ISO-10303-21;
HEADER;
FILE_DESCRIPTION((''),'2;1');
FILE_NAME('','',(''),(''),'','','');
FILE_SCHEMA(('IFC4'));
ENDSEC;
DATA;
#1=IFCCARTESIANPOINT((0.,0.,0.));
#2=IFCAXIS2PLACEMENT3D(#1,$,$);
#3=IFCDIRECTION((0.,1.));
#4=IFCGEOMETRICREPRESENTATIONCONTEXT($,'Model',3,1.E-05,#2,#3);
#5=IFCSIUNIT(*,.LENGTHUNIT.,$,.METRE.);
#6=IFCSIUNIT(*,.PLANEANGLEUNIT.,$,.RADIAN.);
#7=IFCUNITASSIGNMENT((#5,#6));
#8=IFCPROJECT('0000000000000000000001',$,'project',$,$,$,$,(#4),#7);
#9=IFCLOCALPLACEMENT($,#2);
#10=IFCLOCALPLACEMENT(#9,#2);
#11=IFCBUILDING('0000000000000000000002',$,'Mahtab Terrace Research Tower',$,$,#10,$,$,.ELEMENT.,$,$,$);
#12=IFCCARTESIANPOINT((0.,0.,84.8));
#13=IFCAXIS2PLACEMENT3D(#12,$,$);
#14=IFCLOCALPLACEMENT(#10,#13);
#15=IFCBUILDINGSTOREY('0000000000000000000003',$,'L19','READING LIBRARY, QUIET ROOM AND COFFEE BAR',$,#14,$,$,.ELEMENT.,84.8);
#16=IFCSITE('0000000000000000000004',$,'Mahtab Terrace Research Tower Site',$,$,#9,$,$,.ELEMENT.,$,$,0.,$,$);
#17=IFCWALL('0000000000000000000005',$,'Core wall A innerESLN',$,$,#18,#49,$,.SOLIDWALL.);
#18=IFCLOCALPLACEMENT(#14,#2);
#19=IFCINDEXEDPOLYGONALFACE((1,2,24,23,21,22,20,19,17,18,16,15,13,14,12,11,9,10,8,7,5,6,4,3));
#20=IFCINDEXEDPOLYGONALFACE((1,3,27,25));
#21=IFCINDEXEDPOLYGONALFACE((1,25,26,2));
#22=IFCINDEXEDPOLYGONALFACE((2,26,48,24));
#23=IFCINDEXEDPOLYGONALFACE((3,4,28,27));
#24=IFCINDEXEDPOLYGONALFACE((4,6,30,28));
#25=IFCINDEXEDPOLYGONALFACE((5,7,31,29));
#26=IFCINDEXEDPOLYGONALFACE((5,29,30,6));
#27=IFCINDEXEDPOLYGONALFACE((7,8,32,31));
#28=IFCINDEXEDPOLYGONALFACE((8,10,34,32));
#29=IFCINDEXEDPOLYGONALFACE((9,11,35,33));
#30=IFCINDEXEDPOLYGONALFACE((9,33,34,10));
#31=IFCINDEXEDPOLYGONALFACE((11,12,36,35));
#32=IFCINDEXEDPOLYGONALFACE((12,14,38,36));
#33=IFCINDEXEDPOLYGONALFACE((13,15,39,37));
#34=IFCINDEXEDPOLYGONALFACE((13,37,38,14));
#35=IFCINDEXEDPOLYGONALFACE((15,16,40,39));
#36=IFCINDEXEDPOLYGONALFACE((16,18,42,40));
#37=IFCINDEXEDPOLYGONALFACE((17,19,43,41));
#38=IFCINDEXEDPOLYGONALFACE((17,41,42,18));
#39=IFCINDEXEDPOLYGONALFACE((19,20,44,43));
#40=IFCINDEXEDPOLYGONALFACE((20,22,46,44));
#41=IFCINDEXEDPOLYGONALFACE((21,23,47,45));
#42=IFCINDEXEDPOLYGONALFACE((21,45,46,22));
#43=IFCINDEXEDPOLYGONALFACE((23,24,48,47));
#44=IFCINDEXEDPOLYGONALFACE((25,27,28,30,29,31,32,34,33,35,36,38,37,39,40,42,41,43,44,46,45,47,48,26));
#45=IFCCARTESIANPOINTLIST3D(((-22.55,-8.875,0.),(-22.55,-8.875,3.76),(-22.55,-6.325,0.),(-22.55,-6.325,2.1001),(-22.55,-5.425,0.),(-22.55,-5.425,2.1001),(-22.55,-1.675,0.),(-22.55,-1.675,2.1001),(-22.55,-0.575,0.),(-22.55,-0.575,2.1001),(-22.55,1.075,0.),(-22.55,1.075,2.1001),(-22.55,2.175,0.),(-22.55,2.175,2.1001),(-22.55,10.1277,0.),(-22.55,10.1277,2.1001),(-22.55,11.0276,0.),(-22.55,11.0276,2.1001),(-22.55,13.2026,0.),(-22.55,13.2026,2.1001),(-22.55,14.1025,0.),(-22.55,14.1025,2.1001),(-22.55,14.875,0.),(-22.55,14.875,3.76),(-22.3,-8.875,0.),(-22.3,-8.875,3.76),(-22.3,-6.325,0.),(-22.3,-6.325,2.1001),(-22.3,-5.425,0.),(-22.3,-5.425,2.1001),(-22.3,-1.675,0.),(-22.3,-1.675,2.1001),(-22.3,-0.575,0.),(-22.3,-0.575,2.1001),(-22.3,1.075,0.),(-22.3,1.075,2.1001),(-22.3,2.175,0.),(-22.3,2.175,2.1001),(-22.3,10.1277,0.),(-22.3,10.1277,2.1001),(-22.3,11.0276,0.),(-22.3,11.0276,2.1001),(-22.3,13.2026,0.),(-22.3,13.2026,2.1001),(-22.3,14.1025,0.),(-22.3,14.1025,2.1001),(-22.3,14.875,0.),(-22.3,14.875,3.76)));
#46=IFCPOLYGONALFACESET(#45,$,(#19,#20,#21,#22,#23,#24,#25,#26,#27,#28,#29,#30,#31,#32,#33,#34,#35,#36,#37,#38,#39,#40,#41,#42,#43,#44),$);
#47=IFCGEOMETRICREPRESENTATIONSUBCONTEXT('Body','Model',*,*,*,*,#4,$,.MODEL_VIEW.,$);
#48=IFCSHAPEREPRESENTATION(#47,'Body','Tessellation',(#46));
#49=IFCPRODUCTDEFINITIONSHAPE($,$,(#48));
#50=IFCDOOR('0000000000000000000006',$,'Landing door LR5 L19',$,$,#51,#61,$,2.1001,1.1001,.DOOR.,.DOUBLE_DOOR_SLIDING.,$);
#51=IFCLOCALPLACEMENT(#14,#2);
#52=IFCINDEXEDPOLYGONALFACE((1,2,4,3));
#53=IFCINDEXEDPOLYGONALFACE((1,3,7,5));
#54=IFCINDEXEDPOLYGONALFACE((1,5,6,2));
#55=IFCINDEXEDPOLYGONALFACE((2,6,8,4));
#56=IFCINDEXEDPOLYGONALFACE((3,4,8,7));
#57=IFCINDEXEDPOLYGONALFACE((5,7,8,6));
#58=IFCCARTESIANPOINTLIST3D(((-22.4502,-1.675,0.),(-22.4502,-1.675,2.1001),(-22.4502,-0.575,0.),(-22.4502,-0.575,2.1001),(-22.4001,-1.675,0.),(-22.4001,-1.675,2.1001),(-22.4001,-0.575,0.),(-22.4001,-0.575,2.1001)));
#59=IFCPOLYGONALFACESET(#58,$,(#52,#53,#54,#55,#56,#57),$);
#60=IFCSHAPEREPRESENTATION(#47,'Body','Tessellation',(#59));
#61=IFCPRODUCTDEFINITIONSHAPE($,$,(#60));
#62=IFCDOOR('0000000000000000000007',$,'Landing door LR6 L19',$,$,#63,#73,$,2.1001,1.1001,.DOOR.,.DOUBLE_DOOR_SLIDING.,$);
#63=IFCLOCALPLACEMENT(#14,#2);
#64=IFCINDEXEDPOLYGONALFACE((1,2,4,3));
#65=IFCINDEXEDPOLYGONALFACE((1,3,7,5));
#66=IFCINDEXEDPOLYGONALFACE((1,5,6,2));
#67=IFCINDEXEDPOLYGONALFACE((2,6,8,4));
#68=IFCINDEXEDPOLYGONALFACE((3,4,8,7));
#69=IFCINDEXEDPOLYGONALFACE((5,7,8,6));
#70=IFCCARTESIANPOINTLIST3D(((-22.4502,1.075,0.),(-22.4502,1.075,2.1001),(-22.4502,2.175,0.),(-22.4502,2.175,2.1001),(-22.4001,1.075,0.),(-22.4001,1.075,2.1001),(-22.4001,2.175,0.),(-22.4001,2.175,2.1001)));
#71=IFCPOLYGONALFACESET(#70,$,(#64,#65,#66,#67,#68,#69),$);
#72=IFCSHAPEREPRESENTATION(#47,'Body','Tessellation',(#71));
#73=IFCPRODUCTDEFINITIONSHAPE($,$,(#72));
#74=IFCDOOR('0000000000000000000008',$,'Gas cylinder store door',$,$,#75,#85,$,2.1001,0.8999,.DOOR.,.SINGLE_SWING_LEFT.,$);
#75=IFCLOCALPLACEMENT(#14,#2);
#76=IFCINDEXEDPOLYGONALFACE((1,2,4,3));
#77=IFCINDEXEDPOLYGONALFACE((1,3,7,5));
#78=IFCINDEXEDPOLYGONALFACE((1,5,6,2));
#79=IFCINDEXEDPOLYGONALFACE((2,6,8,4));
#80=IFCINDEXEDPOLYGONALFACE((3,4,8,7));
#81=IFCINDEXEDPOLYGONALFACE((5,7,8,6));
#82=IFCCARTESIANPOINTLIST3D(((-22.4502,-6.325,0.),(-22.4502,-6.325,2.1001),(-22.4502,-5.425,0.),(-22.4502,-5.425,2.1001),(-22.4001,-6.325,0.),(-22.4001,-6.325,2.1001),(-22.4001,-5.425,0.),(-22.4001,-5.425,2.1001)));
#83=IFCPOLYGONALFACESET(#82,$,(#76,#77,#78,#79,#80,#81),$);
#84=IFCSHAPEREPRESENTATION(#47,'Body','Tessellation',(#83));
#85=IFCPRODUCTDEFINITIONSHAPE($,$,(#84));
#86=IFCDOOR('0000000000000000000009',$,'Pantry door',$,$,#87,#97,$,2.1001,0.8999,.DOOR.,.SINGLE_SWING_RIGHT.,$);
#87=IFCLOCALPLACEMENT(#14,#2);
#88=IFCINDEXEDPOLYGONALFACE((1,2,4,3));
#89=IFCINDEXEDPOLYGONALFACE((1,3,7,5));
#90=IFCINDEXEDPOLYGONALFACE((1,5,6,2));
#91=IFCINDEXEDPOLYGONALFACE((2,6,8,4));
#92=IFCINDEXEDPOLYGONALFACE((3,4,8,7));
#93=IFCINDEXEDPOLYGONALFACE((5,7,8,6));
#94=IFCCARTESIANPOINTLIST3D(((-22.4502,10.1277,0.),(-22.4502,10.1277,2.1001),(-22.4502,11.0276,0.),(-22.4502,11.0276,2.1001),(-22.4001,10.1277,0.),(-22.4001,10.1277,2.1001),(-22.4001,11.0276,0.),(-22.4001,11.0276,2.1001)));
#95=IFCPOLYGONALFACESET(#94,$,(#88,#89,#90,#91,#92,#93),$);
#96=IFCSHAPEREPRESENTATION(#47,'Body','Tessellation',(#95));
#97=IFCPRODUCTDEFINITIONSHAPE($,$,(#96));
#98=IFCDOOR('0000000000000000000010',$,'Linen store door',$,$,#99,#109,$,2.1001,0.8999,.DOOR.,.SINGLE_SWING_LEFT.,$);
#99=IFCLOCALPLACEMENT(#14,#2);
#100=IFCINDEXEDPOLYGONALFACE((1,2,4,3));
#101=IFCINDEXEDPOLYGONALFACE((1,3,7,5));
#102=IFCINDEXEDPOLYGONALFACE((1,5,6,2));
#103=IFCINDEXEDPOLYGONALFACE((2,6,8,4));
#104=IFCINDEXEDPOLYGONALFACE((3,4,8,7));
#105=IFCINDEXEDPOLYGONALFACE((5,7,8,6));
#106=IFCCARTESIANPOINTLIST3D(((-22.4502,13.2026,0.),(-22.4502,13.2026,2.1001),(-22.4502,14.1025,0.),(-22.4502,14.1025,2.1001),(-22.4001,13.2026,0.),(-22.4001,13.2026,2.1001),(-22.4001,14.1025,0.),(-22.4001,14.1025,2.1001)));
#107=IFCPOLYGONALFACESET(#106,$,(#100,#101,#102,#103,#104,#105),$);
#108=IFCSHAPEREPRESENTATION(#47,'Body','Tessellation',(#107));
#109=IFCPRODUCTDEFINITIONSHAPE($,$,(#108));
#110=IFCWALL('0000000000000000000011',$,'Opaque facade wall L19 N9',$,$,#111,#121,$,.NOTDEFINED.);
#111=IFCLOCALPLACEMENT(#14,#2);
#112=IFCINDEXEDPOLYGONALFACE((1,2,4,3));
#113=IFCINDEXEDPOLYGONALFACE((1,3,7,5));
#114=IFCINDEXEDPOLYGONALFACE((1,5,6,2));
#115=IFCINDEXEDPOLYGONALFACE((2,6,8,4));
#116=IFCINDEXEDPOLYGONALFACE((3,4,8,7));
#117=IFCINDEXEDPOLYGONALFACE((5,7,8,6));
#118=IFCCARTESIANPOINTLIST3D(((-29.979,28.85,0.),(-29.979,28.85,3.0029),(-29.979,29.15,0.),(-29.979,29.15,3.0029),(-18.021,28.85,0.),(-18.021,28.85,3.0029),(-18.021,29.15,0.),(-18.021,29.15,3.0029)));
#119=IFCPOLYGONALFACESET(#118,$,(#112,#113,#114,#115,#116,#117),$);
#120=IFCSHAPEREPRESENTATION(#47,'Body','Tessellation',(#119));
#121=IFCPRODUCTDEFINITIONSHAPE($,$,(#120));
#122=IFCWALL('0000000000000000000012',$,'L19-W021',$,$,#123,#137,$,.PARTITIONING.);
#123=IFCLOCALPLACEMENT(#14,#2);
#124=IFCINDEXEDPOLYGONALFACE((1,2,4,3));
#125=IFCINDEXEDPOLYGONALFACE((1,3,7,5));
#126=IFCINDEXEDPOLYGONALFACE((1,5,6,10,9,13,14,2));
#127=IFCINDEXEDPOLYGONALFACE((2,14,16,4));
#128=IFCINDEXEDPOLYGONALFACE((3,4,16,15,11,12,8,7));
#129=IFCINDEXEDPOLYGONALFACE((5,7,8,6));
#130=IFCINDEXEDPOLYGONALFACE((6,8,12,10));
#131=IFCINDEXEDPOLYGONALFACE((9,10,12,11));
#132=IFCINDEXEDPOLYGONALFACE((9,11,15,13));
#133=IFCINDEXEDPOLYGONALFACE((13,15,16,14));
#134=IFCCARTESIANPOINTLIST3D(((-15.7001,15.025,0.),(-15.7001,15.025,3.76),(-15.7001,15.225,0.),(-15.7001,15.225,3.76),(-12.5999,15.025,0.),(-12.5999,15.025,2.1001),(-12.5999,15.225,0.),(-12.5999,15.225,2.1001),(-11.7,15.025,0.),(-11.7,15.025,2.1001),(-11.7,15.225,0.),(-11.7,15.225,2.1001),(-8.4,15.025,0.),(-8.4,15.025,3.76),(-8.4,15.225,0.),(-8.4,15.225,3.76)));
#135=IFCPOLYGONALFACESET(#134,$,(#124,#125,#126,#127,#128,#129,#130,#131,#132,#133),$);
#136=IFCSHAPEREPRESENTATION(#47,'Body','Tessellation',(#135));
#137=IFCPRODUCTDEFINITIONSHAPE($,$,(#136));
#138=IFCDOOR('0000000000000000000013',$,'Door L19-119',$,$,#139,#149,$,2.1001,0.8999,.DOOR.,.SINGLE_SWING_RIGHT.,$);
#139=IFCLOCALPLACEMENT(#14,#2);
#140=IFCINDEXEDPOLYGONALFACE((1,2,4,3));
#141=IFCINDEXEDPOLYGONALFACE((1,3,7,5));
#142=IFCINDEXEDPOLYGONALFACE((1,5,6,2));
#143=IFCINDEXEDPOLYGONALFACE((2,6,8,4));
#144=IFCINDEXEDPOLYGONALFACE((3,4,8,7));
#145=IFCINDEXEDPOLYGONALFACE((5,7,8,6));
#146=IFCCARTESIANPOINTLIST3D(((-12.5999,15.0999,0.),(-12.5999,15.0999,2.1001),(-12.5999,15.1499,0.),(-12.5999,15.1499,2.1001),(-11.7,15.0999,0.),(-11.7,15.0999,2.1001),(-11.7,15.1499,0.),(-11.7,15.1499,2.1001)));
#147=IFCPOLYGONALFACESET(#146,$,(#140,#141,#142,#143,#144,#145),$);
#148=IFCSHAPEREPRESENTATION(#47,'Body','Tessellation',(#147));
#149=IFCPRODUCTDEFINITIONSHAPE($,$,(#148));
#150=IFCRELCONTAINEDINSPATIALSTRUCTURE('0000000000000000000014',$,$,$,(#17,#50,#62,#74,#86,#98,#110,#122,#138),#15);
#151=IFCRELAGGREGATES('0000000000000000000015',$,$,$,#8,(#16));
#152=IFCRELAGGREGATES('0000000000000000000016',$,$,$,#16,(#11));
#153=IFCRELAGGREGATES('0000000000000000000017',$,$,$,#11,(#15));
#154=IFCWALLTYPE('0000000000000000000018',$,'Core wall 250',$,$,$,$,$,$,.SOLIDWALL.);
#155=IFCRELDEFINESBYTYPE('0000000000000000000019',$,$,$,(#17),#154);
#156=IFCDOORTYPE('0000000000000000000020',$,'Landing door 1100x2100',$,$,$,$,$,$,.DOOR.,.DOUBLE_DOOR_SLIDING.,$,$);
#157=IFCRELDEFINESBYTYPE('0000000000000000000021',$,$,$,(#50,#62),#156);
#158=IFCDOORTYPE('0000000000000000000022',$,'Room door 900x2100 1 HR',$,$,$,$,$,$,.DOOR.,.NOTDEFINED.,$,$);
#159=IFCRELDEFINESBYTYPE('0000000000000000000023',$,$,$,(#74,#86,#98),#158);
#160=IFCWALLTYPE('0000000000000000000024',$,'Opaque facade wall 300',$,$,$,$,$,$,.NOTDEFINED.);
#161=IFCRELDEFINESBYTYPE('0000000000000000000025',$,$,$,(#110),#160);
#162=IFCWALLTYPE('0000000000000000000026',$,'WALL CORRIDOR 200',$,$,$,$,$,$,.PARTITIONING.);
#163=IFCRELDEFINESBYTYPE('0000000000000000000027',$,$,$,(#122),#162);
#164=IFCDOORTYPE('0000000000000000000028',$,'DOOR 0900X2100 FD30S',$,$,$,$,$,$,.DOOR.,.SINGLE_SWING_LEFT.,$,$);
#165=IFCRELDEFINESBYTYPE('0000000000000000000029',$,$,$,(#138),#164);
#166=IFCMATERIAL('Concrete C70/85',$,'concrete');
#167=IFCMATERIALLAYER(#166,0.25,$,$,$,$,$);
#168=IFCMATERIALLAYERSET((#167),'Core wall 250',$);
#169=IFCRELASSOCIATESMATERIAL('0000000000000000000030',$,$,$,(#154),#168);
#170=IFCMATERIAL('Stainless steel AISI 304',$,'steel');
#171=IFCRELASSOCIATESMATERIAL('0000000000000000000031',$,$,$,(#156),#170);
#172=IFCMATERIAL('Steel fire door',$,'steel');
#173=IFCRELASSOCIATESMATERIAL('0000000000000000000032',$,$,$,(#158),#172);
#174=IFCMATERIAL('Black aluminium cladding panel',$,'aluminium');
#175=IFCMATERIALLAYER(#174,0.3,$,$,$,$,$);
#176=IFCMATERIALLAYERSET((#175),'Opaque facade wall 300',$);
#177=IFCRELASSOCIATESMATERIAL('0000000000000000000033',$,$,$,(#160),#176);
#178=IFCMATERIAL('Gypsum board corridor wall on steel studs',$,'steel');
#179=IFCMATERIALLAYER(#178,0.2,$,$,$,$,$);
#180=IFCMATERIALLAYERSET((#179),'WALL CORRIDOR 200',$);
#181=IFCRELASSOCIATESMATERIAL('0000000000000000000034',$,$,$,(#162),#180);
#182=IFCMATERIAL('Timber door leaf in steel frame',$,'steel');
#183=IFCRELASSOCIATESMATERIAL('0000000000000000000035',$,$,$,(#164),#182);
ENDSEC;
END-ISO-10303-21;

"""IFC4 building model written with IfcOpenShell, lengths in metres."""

from ifc_helpers import new_model, si_unit, direction, frame, frame_2d, origin, place, context, subcontext, project, spatial, rectangle, extrude, material, layer, layer_set, type_object, element, fill, save


model = new_model("IFC4")

# Units and contexts
model_context = context("Model", 3, precision=1e-05, world=origin(), true_north=direction((0.0, 1.0)))
body_context = subcontext(model_context, "Body", "Model", "MODEL_VIEW")
ifc_project = project(units=[si_unit("LENGTHUNIT", "METRE"), si_unit("PLANEANGLEUNIT", "RADIAN")], contexts=[model_context])

# Site, building, storey
site_placement = place(None, origin())
site = spatial("IfcSite", under=ifc_project, at=site_placement, Name="Mahtab Terrace Research Tower Site", CompositionType="ELEMENT", RefElevation=0.0)
building_placement = place(site_placement, origin())
building = spatial("IfcBuilding", under=site, at=building_placement, Name="Mahtab Terrace Research Tower", CompositionType="ELEMENT")
storey_placement = place(building_placement, frame((0.0, 0.0, 84.8)))
storey = spatial("IfcBuildingStorey", under=building, at=storey_placement, Name="L19", Description="READING LIBRARY, QUIET ROOM AND COFFEE BAR", CompositionType="ELEMENT", Elevation=84.8)

# Wall, openings, doors
ifc_material_1 = material(Name="Concrete C70/85", Category="concrete")
ifc_layer_1 = layer(ifc_material_1, 0.25)
ifc_layer_set_1 = layer_set([ifc_layer_1], Name="Core wall 250")
wall_type_1 = type_object("IfcWallType", Name="Core wall 250", PredefinedType="SOLIDWALL", material=ifc_layer_set_1)
wall_1_placement = place(storey_placement, frame((-22.425, 14.875, 0.0), z_axis=(0.0, 0.0, 1.0), x_axis=(0.0, -1.0, 0.0)))
wall_1 = element("IfcWall", 1, at=wall_1_placement, inside=storey, type_object=wall_type_1, Name="Core wall A innerESLN", PredefinedType="SOLIDWALL", context=body_context, shape_type="SweptSolid", body=[
    extrude(rectangle(XDim=23.75, YDim=0.25, at=frame_2d((11.875, 0.0))), origin(), (0.0, 0.0, 1.0), 3.76),
])
opening_1_placement = place(wall_1_placement, frame((15.45, 0.0, 0.0)))
opening_1 = element("IfcOpeningElement", 2, at=opening_1_placement, cuts=wall_1, PredefinedType="OPENING", context=body_context, shape_type="SweptSolid", body=[
    extrude(rectangle(XDim=1.1001, YDim=2.1001, at=frame_2d((0.55, 1.05))), frame((0.0, 0.135, 0.0), z_axis=(0.0, -1.0, 0.0), x_axis=(1.0, 0.0, 0.0)), (0.0, 0.0, 1.0), 0.27),
])
opening_2_placement = place(wall_1_placement, frame((12.7, 0.0, 0.0)))
opening_2 = element("IfcOpeningElement", 3, at=opening_2_placement, cuts=wall_1, PredefinedType="OPENING", context=body_context, shape_type="SweptSolid", body=[
    extrude(rectangle(XDim=1.1001, YDim=2.1001, at=frame_2d((0.55, 1.05))), frame((0.0, 0.135, 0.0), z_axis=(0.0, -1.0, 0.0), x_axis=(1.0, 0.0, 0.0)), (0.0, 0.0, 1.0), 0.27),
])
opening_3_placement = place(wall_1_placement, frame((20.3, 0.0, 0.0)))
opening_3 = element("IfcOpeningElement", 4, at=opening_3_placement, cuts=wall_1, PredefinedType="OPENING", context=body_context, shape_type="SweptSolid", body=[
    extrude(rectangle(XDim=0.8999, YDim=2.1001, at=frame_2d((0.45, 1.05))), frame((0.0, 0.135, 0.0), z_axis=(0.0, -1.0, 0.0), x_axis=(1.0, 0.0, 0.0)), (0.0, 0.0, 1.0), 0.27),
])
opening_4_placement = place(wall_1_placement, frame((3.8474, 0.0, 0.0)))
opening_4 = element("IfcOpeningElement", 5, at=opening_4_placement, cuts=wall_1, PredefinedType="OPENING", context=body_context, shape_type="SweptSolid", body=[
    extrude(rectangle(XDim=0.8999, YDim=2.1001, at=frame_2d((0.45, 1.05))), frame((0.0, 0.135, 0.0), z_axis=(0.0, -1.0, 0.0), x_axis=(1.0, 0.0, 0.0)), (0.0, 0.0, 1.0), 0.27),
])
opening_5_placement = place(wall_1_placement, frame((0.7725, 0.0, 0.0)))
opening_5 = element("IfcOpeningElement", 6, at=opening_5_placement, cuts=wall_1, PredefinedType="OPENING", context=body_context, shape_type="SweptSolid", body=[
    extrude(rectangle(XDim=0.8999, YDim=2.1001, at=frame_2d((0.45, 1.05))), frame((0.0, 0.135, 0.0), z_axis=(0.0, -1.0, 0.0), x_axis=(1.0, 0.0, 0.0)), (0.0, 0.0, 1.0), 0.27),
])
ifc_material_2 = material(Name="Stainless steel AISI 304", Category="steel")
door_type_1 = type_object("IfcDoorType", Name="Landing door 1100x2100", OperationType="DOUBLE_DOOR_SLIDING", PredefinedType="DOOR", material=ifc_material_2)
door_1_placement = place(opening_1_placement, origin())
door_1 = element("IfcDoor", 7, at=door_1_placement, inside=storey, type_object=door_type_1, Name="Landing door LR5 L19", OperationType="DOUBLE_DOOR_SLIDING", OverallHeight=2.1001, OverallWidth=1.1001, PredefinedType="DOOR", context=body_context, shape_type="SweptSolid", body=[
    extrude(rectangle(XDim=1.1001, YDim=2.1001, at=frame_2d((0.55, 1.05))), frame((0.0, 0.0249, 0.0), z_axis=(0.0, -1.0, 0.0), x_axis=(1.0, 0.0, 0.0)), (0.0, 0.0, 1.0), 0.05),
])
fill(opening_1, door_1)
door_2_placement = place(opening_2_placement, origin())
door_2 = element("IfcDoor", 8, at=door_2_placement, inside=storey, type_object=door_type_1, Name="Landing door LR6 L19", OperationType="DOUBLE_DOOR_SLIDING", OverallHeight=2.1001, OverallWidth=1.1001, PredefinedType="DOOR", context=body_context, shape_type="SweptSolid", body=[
    extrude(rectangle(XDim=1.1001, YDim=2.1001, at=frame_2d((0.55, 1.05))), frame((0.0, 0.0249, 0.0), z_axis=(0.0, -1.0, 0.0), x_axis=(1.0, 0.0, 0.0)), (0.0, 0.0, 1.0), 0.05),
])
fill(opening_2, door_2)
ifc_material_3 = material(Name="Steel fire door", Category="steel")
door_type_2 = type_object("IfcDoorType", Name="Room door 900x2100 1 HR", OperationType="NOTDEFINED", PredefinedType="DOOR", material=ifc_material_3)
door_3_placement = place(opening_3_placement, origin())
door_3 = element("IfcDoor", 9, at=door_3_placement, inside=storey, type_object=door_type_2, Name="Gas cylinder store door", OperationType="SINGLE_SWING_LEFT", OverallHeight=2.1001, OverallWidth=0.8999, PredefinedType="DOOR", context=body_context, shape_type="SweptSolid", body=[
    extrude(rectangle(XDim=0.8999, YDim=2.1001, at=frame_2d((0.45, 1.05))), frame((0.0, 0.0249, 0.0), z_axis=(0.0, -1.0, 0.0), x_axis=(1.0, 0.0, 0.0)), (0.0, 0.0, 1.0), 0.05),
])
fill(opening_3, door_3)
door_4_placement = place(opening_4_placement, origin())
door_4 = element("IfcDoor", 10, at=door_4_placement, inside=storey, type_object=door_type_2, Name="Pantry door", OperationType="SINGLE_SWING_RIGHT", OverallHeight=2.1001, OverallWidth=0.8999, PredefinedType="DOOR", context=body_context, shape_type="SweptSolid", body=[
    extrude(rectangle(XDim=0.8999, YDim=2.1001, at=frame_2d((0.45, 1.05))), frame((0.0, 0.0249, 0.0), z_axis=(0.0, -1.0, 0.0), x_axis=(1.0, 0.0, 0.0)), (0.0, 0.0, 1.0), 0.05),
])
fill(opening_4, door_4)
door_5_placement = place(opening_5_placement, origin())
door_5 = element("IfcDoor", 11, at=door_5_placement, inside=storey, type_object=door_type_2, Name="Linen store door", OperationType="SINGLE_SWING_LEFT", OverallHeight=2.1001, OverallWidth=0.8999, PredefinedType="DOOR", context=body_context, shape_type="SweptSolid", body=[
    extrude(rectangle(XDim=0.8999, YDim=2.1001, at=frame_2d((0.45, 1.05))), frame((0.0, 0.0249, 0.0), z_axis=(0.0, -1.0, 0.0), x_axis=(1.0, 0.0, 0.0)), (0.0, 0.0, 1.0), 0.05),
])
fill(opening_5, door_5)

# Wall
ifc_material_4 = material(Name="Black aluminium cladding panel", Category="aluminium")
ifc_layer_2 = layer(ifc_material_4, 0.3)
ifc_layer_set_2 = layer_set([ifc_layer_2], Name="Opaque facade wall 300")
wall_type_2 = type_object("IfcWallType", Name="Opaque facade wall 300", PredefinedType="NOTDEFINED", material=ifc_layer_set_2)
wall_2_placement = place(storey_placement, frame((-18.021, 29.0, 0.0), z_axis=(0.0, 0.0, 1.0), x_axis=(-1.0, 0.0, 0.0)))
element("IfcWall", 12, at=wall_2_placement, inside=storey, type_object=wall_type_2, Name="Opaque facade wall L19 N9", PredefinedType="NOTDEFINED", context=body_context, shape_type="SweptSolid", body=[
    extrude(rectangle(XDim=11.958, YDim=0.3, at=frame_2d((5.979, 0.0))), origin(), (0.0, 0.0, 1.0), 3.0029),
])

# Wall, opening, door
ifc_material_5 = material(Name="Gypsum board corridor wall on steel studs", Category="steel")
ifc_layer_3 = layer(ifc_material_5, 0.2)
ifc_layer_set_3 = layer_set([ifc_layer_3], Name="WALL CORRIDOR 200")
wall_type_3 = type_object("IfcWallType", Name="WALL CORRIDOR 200", PredefinedType="PARTITIONING", material=ifc_layer_set_3)
wall_3_placement = place(storey_placement, frame((-15.7, 15.125, 0.0), z_axis=(0.0, 0.0, 1.0), x_axis=(1.0, 0.0, 0.0)))
wall_3 = element("IfcWall", 13, at=wall_3_placement, inside=storey, type_object=wall_type_3, Name="L19-W021", PredefinedType="PARTITIONING", context=body_context, shape_type="SweptSolid", body=[
    extrude(rectangle(XDim=7.3, YDim=0.2, at=frame_2d((3.6499, 0.0))), origin(), (0.0, 0.0, 1.0), 3.76),
])
opening_6_placement = place(wall_3_placement, frame((3.1001, 0.0, 0.0)))
opening_6 = element("IfcOpeningElement", 14, at=opening_6_placement, cuts=wall_3, PredefinedType="OPENING", context=body_context, shape_type="SweptSolid", body=[
    extrude(rectangle(XDim=0.8999, YDim=2.1001, at=frame_2d((0.45, 1.05))), frame((0.0, 0.1099, 0.0), z_axis=(0.0, -1.0, 0.0), x_axis=(1.0, 0.0, 0.0)), (0.0, 0.0, 1.0), 0.22),
])
ifc_material_6 = material(Name="Timber door leaf in steel frame", Category="steel")
door_type_3 = type_object("IfcDoorType", Name="DOOR 0900X2100 FD30S", OperationType="SINGLE_SWING_LEFT", PredefinedType="DOOR", material=ifc_material_6)
door_6_placement = place(opening_6_placement, origin())
door_6 = element("IfcDoor", 15, at=door_6_placement, inside=storey, type_object=door_type_3, Name="Door L19-119", OperationType="SINGLE_SWING_RIGHT", OverallHeight=2.1001, OverallWidth=0.8999, PredefinedType="DOOR", context=body_context, shape_type="SweptSolid", body=[
    extrude(rectangle(XDim=0.8999, YDim=2.1001, at=frame_2d((0.45, 1.05))), frame((0.0, 0.0249, 0.0), z_axis=(0.0, -1.0, 0.0), x_axis=(1.0, 0.0, 0.0)), (0.0, 0.0, 1.0), 0.05),
])
fill(opening_6, door_6)

save(model, "model.ifc")
